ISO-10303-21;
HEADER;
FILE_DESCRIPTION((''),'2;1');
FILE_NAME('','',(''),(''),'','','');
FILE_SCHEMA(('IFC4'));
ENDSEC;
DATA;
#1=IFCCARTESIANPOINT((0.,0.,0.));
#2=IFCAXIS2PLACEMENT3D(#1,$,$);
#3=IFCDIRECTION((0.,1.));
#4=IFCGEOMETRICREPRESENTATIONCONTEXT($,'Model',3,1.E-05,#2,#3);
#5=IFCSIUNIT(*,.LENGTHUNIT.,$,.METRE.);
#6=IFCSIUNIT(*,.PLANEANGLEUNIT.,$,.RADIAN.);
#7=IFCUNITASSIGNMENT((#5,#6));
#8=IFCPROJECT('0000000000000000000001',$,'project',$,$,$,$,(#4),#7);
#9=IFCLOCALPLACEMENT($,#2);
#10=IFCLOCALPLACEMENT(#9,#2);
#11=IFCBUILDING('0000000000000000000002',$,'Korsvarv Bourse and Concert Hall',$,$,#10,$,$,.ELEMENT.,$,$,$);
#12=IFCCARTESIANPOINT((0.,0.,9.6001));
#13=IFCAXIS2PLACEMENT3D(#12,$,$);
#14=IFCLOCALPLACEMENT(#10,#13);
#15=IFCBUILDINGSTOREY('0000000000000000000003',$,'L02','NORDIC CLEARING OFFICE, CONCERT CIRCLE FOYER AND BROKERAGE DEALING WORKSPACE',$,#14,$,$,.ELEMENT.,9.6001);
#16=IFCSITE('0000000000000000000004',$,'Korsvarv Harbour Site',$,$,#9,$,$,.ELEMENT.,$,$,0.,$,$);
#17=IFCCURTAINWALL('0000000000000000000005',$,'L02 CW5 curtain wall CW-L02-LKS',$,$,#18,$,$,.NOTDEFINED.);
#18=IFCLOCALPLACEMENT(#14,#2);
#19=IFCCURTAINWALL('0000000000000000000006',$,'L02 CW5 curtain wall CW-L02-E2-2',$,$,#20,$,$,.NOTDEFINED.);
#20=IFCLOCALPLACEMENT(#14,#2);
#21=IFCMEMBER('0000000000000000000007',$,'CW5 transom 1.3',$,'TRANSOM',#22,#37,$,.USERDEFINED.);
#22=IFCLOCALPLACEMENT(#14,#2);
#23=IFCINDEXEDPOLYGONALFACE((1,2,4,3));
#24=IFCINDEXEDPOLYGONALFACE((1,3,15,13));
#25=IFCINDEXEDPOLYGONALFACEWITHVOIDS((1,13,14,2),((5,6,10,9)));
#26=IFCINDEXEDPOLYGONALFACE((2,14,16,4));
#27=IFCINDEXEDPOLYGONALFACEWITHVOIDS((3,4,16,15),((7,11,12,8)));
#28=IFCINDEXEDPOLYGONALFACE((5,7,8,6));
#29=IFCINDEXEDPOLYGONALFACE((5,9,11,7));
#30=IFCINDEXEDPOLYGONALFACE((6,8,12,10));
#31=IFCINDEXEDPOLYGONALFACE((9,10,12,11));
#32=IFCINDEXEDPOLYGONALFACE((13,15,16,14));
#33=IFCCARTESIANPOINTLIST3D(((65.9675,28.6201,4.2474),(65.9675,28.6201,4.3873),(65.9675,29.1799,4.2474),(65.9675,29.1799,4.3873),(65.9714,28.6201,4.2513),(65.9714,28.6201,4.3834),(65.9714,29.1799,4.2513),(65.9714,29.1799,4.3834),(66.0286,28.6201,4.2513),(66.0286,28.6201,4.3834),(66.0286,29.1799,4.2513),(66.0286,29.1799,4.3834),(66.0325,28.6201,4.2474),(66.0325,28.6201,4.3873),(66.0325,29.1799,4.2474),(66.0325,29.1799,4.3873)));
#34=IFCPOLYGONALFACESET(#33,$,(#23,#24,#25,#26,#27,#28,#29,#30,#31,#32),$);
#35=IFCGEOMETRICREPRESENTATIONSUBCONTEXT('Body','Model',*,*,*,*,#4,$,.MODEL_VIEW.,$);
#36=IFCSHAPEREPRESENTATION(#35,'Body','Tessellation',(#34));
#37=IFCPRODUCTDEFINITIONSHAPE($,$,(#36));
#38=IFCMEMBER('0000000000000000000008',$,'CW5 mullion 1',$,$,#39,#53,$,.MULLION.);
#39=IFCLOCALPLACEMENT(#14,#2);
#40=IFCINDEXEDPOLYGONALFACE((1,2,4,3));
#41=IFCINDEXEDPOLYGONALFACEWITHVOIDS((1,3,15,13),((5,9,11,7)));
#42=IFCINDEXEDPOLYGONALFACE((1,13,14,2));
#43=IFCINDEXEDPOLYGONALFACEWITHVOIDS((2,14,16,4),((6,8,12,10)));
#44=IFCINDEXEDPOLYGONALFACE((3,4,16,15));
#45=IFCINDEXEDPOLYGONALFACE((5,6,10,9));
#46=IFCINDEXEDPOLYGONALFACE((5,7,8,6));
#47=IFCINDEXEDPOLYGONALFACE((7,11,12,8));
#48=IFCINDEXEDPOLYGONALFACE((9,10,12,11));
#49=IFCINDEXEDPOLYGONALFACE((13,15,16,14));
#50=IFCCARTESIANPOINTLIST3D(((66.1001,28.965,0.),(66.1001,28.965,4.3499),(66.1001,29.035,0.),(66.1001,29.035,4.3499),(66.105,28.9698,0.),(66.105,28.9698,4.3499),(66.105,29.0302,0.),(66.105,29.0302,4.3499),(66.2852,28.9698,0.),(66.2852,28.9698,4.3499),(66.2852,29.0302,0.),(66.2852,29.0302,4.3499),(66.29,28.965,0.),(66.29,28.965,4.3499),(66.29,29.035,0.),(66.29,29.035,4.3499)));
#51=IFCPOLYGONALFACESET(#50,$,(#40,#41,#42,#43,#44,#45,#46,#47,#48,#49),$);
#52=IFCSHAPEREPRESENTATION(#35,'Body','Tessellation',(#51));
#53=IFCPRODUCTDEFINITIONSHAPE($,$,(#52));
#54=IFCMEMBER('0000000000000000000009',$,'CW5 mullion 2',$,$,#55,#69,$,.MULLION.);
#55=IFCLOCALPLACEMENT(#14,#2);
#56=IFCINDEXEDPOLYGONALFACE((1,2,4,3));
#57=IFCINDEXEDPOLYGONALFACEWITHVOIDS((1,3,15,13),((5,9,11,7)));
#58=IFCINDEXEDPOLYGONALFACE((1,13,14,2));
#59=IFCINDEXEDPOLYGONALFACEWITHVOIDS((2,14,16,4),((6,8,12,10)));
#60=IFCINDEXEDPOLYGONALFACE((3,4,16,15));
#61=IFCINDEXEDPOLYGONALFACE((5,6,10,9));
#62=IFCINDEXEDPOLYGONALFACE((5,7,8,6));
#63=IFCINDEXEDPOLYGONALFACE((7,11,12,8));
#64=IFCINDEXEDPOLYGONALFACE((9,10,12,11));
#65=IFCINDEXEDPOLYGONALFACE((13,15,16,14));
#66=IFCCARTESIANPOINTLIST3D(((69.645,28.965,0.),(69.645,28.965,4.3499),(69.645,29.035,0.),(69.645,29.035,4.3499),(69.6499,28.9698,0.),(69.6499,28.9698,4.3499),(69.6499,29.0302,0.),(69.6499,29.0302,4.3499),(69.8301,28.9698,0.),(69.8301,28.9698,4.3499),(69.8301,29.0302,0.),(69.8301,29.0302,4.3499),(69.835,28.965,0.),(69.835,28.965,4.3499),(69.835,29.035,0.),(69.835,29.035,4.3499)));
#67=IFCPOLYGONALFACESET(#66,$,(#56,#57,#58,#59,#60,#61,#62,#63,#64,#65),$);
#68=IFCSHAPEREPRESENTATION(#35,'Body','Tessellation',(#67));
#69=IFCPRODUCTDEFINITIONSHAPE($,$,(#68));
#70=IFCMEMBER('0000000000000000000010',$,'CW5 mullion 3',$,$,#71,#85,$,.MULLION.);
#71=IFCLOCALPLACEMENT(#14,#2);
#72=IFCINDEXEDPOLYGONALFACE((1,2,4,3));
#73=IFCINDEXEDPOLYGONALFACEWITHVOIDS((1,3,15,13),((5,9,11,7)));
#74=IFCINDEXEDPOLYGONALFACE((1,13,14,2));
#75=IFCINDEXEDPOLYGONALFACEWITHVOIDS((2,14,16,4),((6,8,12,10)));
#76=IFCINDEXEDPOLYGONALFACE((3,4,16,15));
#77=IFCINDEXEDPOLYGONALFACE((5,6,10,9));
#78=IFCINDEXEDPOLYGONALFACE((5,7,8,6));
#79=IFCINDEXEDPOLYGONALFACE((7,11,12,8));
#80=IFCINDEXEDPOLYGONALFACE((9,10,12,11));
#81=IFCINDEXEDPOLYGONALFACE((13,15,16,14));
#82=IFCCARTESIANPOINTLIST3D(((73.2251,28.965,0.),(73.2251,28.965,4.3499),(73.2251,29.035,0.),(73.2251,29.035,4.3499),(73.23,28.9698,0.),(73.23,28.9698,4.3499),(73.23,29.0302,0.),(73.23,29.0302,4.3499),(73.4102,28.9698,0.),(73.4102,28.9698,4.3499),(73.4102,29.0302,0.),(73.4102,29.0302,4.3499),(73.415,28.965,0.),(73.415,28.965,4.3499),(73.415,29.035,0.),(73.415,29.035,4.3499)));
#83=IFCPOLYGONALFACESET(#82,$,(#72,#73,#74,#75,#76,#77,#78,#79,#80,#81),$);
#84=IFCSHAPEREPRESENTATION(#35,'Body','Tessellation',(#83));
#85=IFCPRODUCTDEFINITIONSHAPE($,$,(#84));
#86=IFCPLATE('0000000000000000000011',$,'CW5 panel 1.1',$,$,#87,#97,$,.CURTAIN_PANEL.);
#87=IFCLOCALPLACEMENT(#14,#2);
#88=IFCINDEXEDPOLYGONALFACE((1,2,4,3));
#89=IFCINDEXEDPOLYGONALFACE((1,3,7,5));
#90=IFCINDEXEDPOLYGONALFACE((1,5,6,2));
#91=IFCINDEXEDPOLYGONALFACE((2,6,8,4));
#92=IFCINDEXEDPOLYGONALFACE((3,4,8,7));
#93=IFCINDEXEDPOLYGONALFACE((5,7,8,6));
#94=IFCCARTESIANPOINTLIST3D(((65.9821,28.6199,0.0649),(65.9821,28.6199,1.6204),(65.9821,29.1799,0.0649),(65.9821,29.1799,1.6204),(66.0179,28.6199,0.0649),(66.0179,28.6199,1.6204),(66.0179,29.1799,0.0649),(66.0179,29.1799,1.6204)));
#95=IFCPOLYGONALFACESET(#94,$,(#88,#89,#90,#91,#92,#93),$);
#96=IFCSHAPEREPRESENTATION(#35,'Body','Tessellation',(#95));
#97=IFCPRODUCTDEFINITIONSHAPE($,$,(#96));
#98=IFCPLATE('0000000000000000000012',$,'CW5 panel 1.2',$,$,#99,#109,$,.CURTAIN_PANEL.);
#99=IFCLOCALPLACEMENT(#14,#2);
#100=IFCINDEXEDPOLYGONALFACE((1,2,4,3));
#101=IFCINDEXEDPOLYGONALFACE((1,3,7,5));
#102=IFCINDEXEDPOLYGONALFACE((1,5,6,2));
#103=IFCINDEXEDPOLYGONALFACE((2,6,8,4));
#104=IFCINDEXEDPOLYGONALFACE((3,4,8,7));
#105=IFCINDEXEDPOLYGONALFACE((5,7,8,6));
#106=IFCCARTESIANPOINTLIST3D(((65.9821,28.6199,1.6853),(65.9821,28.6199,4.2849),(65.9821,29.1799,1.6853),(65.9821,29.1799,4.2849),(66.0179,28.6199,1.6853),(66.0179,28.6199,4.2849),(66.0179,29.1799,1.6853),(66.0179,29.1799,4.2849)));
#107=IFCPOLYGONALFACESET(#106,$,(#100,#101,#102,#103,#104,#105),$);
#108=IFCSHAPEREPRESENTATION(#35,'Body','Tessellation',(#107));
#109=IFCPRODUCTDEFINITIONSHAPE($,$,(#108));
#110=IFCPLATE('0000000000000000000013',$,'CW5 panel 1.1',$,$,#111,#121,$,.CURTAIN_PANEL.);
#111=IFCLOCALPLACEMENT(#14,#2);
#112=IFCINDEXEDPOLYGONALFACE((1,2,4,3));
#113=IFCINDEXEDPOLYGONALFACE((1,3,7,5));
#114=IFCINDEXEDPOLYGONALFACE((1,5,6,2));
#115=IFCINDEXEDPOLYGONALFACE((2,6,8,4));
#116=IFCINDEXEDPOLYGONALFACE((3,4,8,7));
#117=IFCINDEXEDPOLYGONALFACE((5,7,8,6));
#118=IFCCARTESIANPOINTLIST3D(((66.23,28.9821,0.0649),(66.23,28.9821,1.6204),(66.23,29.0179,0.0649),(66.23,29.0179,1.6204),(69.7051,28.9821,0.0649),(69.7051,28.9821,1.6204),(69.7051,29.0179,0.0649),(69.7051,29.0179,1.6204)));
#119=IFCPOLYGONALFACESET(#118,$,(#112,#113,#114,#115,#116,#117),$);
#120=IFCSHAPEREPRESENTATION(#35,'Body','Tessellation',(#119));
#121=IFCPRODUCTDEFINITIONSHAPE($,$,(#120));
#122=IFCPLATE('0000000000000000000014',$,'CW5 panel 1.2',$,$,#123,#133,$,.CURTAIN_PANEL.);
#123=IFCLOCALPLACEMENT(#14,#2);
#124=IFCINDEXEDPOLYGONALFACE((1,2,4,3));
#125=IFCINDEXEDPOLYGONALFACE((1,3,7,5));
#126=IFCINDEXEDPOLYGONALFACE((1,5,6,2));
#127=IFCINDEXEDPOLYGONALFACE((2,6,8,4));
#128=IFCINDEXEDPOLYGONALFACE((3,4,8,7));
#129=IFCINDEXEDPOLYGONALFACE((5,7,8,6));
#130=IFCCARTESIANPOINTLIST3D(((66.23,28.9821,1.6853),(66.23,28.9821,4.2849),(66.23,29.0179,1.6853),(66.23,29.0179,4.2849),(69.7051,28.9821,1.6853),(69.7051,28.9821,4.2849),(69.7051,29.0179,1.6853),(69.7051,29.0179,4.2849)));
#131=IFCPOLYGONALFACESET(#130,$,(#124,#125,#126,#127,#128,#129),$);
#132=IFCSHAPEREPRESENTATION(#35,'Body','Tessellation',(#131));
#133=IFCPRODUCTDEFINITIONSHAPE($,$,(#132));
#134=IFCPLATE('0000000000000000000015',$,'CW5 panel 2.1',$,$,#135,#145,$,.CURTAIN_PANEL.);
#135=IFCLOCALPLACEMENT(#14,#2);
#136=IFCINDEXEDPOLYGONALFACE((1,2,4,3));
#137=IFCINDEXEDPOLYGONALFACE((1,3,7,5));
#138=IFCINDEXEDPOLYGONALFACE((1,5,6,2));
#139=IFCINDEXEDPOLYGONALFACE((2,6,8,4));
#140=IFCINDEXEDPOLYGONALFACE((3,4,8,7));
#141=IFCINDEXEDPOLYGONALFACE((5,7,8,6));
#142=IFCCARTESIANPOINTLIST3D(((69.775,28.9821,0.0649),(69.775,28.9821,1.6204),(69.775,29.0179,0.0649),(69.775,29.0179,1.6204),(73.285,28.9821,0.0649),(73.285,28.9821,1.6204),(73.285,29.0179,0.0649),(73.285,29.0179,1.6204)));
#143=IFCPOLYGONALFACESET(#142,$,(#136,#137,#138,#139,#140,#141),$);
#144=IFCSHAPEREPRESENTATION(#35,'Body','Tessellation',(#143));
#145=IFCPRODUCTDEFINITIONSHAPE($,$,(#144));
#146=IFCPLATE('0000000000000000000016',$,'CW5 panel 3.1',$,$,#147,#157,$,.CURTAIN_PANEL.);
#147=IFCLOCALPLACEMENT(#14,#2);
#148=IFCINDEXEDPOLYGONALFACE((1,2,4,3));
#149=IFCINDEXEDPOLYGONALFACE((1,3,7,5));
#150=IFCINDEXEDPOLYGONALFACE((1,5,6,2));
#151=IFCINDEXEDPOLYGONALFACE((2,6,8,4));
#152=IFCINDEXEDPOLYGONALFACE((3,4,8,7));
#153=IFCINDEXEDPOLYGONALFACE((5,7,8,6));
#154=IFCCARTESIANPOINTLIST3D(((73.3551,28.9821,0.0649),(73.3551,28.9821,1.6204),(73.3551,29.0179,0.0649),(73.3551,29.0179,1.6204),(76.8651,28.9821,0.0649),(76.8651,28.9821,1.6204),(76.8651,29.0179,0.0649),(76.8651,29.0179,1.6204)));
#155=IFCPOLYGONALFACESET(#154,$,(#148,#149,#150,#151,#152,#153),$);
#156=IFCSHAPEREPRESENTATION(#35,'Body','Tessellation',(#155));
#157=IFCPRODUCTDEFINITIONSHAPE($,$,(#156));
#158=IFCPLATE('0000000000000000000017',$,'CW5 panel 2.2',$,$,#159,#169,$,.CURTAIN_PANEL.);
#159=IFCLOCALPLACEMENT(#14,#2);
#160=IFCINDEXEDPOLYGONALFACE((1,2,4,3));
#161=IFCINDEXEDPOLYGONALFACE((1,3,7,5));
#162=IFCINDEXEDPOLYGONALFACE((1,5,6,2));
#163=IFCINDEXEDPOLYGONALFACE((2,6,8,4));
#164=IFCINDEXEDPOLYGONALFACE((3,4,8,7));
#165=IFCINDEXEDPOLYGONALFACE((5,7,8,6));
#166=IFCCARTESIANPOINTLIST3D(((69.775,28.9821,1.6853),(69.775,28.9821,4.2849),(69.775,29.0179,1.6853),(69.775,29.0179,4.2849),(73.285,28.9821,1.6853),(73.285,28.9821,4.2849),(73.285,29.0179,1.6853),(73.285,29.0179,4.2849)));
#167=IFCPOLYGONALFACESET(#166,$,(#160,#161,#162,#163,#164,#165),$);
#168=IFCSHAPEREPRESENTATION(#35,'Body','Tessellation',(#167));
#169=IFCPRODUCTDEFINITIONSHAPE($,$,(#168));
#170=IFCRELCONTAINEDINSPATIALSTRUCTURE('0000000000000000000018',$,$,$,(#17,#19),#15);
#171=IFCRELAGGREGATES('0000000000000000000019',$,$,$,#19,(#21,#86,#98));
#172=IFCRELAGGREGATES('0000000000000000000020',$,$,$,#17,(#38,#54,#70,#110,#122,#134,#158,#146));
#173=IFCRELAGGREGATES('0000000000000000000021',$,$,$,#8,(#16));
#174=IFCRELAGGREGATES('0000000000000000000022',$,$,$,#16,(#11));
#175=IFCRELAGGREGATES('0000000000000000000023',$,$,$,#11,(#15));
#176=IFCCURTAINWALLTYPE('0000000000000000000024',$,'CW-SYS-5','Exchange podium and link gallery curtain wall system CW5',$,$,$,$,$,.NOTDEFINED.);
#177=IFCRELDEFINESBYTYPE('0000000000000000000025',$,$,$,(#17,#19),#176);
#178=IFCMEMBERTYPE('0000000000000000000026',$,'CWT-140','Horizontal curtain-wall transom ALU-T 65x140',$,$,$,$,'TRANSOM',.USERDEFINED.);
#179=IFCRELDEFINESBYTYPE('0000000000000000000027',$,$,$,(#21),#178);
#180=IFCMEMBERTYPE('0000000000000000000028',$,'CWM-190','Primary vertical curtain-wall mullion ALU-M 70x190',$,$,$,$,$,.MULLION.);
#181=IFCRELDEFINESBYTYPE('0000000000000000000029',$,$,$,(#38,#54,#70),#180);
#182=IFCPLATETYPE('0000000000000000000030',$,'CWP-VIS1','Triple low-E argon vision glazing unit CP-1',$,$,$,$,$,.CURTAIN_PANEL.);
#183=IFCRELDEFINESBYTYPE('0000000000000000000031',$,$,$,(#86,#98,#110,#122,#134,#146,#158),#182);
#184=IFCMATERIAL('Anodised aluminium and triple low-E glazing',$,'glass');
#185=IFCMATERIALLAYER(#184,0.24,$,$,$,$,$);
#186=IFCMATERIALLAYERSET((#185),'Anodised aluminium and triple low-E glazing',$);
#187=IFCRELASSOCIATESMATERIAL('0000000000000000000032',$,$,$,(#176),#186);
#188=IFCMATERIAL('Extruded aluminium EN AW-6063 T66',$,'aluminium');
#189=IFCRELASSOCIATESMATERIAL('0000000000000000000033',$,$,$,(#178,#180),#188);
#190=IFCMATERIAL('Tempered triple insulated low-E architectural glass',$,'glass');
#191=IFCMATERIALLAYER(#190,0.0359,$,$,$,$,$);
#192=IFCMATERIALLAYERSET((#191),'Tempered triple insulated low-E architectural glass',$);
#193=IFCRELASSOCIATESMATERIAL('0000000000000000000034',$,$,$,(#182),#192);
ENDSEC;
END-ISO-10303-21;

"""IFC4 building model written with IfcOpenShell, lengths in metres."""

from ifc_helpers import new_model, si_unit, direction, frame, origin, origin_2d, place, context, subcontext, project, spatial, rectangle, hollow_rectangle, extrude, source, transform, mapped, material, layer, layer_set, material_profile, profile_set, type_object, element, aggregate, save


model = new_model("IFC4")

# Units and contexts
model_context = context("Model", 3, precision=1e-05, world=origin(), true_north=direction((0.0, 1.0)))
body_context = subcontext(model_context, "Body", "Model", "MODEL_VIEW")
ifc_project = project(units=[si_unit("LENGTHUNIT", "METRE"), si_unit("PLANEANGLEUNIT", "RADIAN")], contexts=[model_context])

# Site, building, storey
site_placement = place(None, origin())
site = spatial("IfcSite", under=ifc_project, at=site_placement, Name="Korsvarv Harbour Site", CompositionType="ELEMENT", RefElevation=0.0)
building_placement = place(site_placement, origin())
building = spatial("IfcBuilding", under=site, at=building_placement, Name="Korsvarv Bourse and Concert Hall", CompositionType="ELEMENT")
storey_placement = place(building_placement, frame((0.0, 0.0, 9.6001)))
storey = spatial("IfcBuildingStorey", under=building, at=storey_placement, Name="L02", Description="NORDIC CLEARING OFFICE, CONCERT CIRCLE FOYER AND BROKERAGE DEALING WORKSPACE", CompositionType="ELEMENT", Elevation=9.6001)

# Curtain walls, member
ifc_material_1 = material(Name="Anodised aluminium and triple low-E glazing", Category="glass")
ifc_layer_1 = layer(ifc_material_1, 0.24)
ifc_layer_set_1 = layer_set([ifc_layer_1], Name="Anodised aluminium and triple low-E glazing")
curtain_wall_type = type_object("IfcCurtainWallType", Name="CW-SYS-5", Description="Exchange podium and link gallery curtain wall system CW5", PredefinedType="NOTDEFINED", material=ifc_layer_set_1)
curtain_wall_1_placement = place(storey_placement, origin())
curtain_wall_1 = element("IfcCurtainWall", 1, at=curtain_wall_1_placement, inside=storey, type_object=curtain_wall_type, Name="L02 CW5 curtain wall CW-L02-LKS", PredefinedType="NOTDEFINED")
ifc_material_2 = material(Name="Extruded aluminium EN AW-6063 T66", Category="aluminium")
ifc_material_profile_1 = material_profile(ifc_material_2, hollow_rectangle(XDim=0.0649, YDim=0.1399, WallThickness=0.0039, at=origin_2d()), Name="ALU-T 65x140")
ifc_profile_set_1 = profile_set([ifc_material_profile_1], Name="Extruded aluminium EN AW-6063 T66")
member_type_1 = type_object("IfcMemberType", Name="CWT-140", Description="Horizontal curtain-wall transom ALU-T 65x140", ElementType="TRANSOM", PredefinedType="USERDEFINED", material=ifc_profile_set_1)
curtain_wall_2_placement = place(storey_placement, origin())
curtain_wall_2 = element("IfcCurtainWall", 2, at=curtain_wall_2_placement, inside=storey, type_object=curtain_wall_type, Name="L02 CW5 curtain wall CW-L02-E2-2", PredefinedType="NOTDEFINED")
shared_shape_1 = source(origin(), body_context, "Body", "SweptSolid", [
    extrude(hollow_rectangle(XDim=0.0649, YDim=0.1399, WallThickness=0.0039, at=origin_2d()), origin(), (0.0, 0.0, 1.0), 0.5598),
])
member_1_placement = place(storey_placement, frame((66.0, 28.6201, 4.3174), z_axis=(0.0, 1.0, 0.0), x_axis=(-1.0, 0.0, 0.0)))
member_1 = element("IfcMember", 3, at=member_1_placement, type_object=member_type_1, Name="CW5 transom 1.3", ObjectType="TRANSOM", PredefinedType="USERDEFINED", context=body_context, shape_type="MappedRepresentation", body=[
    mapped(shared_shape_1, transform((0.0, 0.0, 0.0), scale=1.0)),
])

# Members
ifc_material_profile_2 = material_profile(ifc_material_2, hollow_rectangle(XDim=0.0701, YDim=0.1899, WallThickness=0.0049, at=origin_2d()), Name="ALU-M 70x190")
ifc_profile_set_2 = profile_set([ifc_material_profile_2], Name="Extruded aluminium EN AW-6063 T66")
member_type_2 = type_object("IfcMemberType", Name="CWM-190", Description="Primary vertical curtain-wall mullion ALU-M 70x190", PredefinedType="MULLION", material=ifc_profile_set_2)
shared_shape_2 = source(origin(), body_context, "Body", "SweptSolid", [
    extrude(hollow_rectangle(XDim=0.0701, YDim=0.1899, WallThickness=0.0049, at=origin_2d()), origin(), (0.0, 0.0, 1.0), 4.3499),
])
member_2_placement = place(storey_placement, frame((66.1951, 29.0, 0.0), z_axis=(0.0, 0.0, 1.0), x_axis=(0.0, 1.0, 0.0)))
member_2 = element("IfcMember", 4, at=member_2_placement, type_object=member_type_2, Name="CW5 mullion 1", PredefinedType="MULLION", context=body_context, shape_type="MappedRepresentation", body=[
    mapped(shared_shape_2, transform((0.0, 0.0, 0.0), scale=1.0)),
])
member_3_placement = place(storey_placement, frame((69.74, 29.0, 0.0), z_axis=(0.0, 0.0, 1.0), x_axis=(0.0, 1.0, 0.0)))
member_3 = element("IfcMember", 5, at=member_3_placement, type_object=member_type_2, Name="CW5 mullion 2", PredefinedType="MULLION", context=body_context, shape_type="MappedRepresentation", body=[
    mapped(shared_shape_2, transform((0.0, 0.0, 0.0), scale=1.0)),
])
member_4_placement = place(storey_placement, frame((73.3201, 29.0, 0.0), z_axis=(0.0, 0.0, 1.0), x_axis=(0.0, 1.0, 0.0)))
member_4 = element("IfcMember", 6, at=member_4_placement, type_object=member_type_2, Name="CW5 mullion 3", PredefinedType="MULLION", context=body_context, shape_type="MappedRepresentation", body=[
    mapped(shared_shape_2, transform((0.0, 0.0, 0.0), scale=1.0)),
])

# Plates
ifc_material_3 = material(Name="Tempered triple insulated low-E architectural glass", Category="glass")
ifc_layer_2 = layer(ifc_material_3, 0.0359)
ifc_layer_set_2 = layer_set([ifc_layer_2], Name="Tempered triple insulated low-E architectural glass")
plate_type = type_object("IfcPlateType", Name="CWP-VIS1", Description="Triple low-E argon vision glazing unit CP-1", PredefinedType="CURTAIN_PANEL", material=ifc_layer_set_2)
shared_shape_3 = source(origin(), body_context, "Body", "SweptSolid", [
    extrude(rectangle(XDim=0.5601, YDim=0.0359, at=origin_2d()), origin(), (0.0, 0.0, 1.0), 1.5554),
])
plate_1_placement = place(storey_placement, frame((66.0, 28.8999, 0.0649), z_axis=(0.0, 0.0, 1.0), x_axis=(0.0, 1.0, 0.0)))
plate_1 = element("IfcPlate", 7, at=plate_1_placement, type_object=plate_type, Name="CW5 panel 1.1", PredefinedType="CURTAIN_PANEL", context=body_context, shape_type="MappedRepresentation", body=[
    mapped(shared_shape_3, transform((0.0, 0.0, 0.0), scale=1.0)),
])
shared_shape_4 = source(origin(), body_context, "Body", "SweptSolid", [
    extrude(rectangle(XDim=0.5601, YDim=0.0359, at=origin_2d()), origin(), (0.0, 0.0, 1.0), 2.5996),
])
plate_2_placement = place(storey_placement, frame((66.0, 28.8999, 1.6853), z_axis=(0.0, 0.0, 1.0), x_axis=(0.0, 1.0, 0.0)))
plate_2 = element("IfcPlate", 8, at=plate_2_placement, type_object=plate_type, Name="CW5 panel 1.2", PredefinedType="CURTAIN_PANEL", context=body_context, shape_type="MappedRepresentation", body=[
    mapped(shared_shape_4, transform((0.0, 0.0, 0.0), scale=1.0)),
])
aggregate(curtain_wall_2, [member_1, plate_1, plate_2])
shared_shape_5 = source(origin(), body_context, "Body", "SweptSolid", [
    extrude(rectangle(XDim=3.4751, YDim=0.0359, at=origin_2d()), origin(), (0.0, 0.0, 1.0), 1.5554),
])
plate_3_placement = place(storey_placement, frame((67.9675, 29.0, 0.0649), z_axis=(0.0, 0.0, 1.0), x_axis=(1.0, 0.0, 0.0)))
plate_3 = element("IfcPlate", 9, at=plate_3_placement, type_object=plate_type, Name="CW5 panel 1.1", PredefinedType="CURTAIN_PANEL", context=body_context, shape_type="MappedRepresentation", body=[
    mapped(shared_shape_5, transform((0.0, 0.0, 0.0), scale=1.0)),
])
shared_shape_6 = source(origin(), body_context, "Body", "SweptSolid", [
    extrude(rectangle(XDim=3.4751, YDim=0.0359, at=origin_2d()), origin(), (0.0, 0.0, 1.0), 2.5996),
])
plate_4_placement = place(storey_placement, frame((67.9675, 29.0, 1.6853), z_axis=(0.0, 0.0, 1.0), x_axis=(1.0, 0.0, 0.0)))
plate_4 = element("IfcPlate", 10, at=plate_4_placement, type_object=plate_type, Name="CW5 panel 1.2", PredefinedType="CURTAIN_PANEL", context=body_context, shape_type="MappedRepresentation", body=[
    mapped(shared_shape_6, transform((0.0, 0.0, 0.0), scale=1.0)),
])
shared_shape_7 = source(origin(), body_context, "Body", "SweptSolid", [
    extrude(rectangle(XDim=3.51, YDim=0.0359, at=origin_2d()), origin(), (0.0, 0.0, 1.0), 1.5554),
])
plate_5_placement = place(storey_placement, frame((71.53, 29.0, 0.0649), z_axis=(0.0, 0.0, 1.0), x_axis=(1.0, 0.0, 0.0)))
plate_5 = element("IfcPlate", 11, at=plate_5_placement, type_object=plate_type, Name="CW5 panel 2.1", PredefinedType="CURTAIN_PANEL", context=body_context, shape_type="MappedRepresentation", body=[
    mapped(shared_shape_7, transform((0.0, 0.0, 0.0), scale=1.0)),
])
plate_6_placement = place(storey_placement, frame((75.1101, 29.0, 0.0649), z_axis=(0.0, 0.0, 1.0), x_axis=(1.0, 0.0, 0.0)))
plate_6 = element("IfcPlate", 12, at=plate_6_placement, type_object=plate_type, Name="CW5 panel 3.1", PredefinedType="CURTAIN_PANEL", context=body_context, shape_type="MappedRepresentation", body=[
    mapped(shared_shape_7, transform((0.0, 0.0, 0.0), scale=1.0)),
])
shared_shape_8 = source(origin(), body_context, "Body", "SweptSolid", [
    extrude(rectangle(XDim=3.51, YDim=0.0359, at=origin_2d()), origin(), (0.0, 0.0, 1.0), 2.5996),
])
plate_7_placement = place(storey_placement, frame((71.53, 29.0, 1.6853), z_axis=(0.0, 0.0, 1.0), x_axis=(1.0, 0.0, 0.0)))
plate_7 = element("IfcPlate", 13, at=plate_7_placement, type_object=plate_type, Name="CW5 panel 2.2", PredefinedType="CURTAIN_PANEL", context=body_context, shape_type="MappedRepresentation", body=[
    mapped(shared_shape_8, transform((0.0, 0.0, 0.0), scale=1.0)),
])
aggregate(curtain_wall_1, [member_2, member_3, member_4, plate_3, plate_4, plate_5, plate_7, plate_6])

save(model, "model.ifc")
